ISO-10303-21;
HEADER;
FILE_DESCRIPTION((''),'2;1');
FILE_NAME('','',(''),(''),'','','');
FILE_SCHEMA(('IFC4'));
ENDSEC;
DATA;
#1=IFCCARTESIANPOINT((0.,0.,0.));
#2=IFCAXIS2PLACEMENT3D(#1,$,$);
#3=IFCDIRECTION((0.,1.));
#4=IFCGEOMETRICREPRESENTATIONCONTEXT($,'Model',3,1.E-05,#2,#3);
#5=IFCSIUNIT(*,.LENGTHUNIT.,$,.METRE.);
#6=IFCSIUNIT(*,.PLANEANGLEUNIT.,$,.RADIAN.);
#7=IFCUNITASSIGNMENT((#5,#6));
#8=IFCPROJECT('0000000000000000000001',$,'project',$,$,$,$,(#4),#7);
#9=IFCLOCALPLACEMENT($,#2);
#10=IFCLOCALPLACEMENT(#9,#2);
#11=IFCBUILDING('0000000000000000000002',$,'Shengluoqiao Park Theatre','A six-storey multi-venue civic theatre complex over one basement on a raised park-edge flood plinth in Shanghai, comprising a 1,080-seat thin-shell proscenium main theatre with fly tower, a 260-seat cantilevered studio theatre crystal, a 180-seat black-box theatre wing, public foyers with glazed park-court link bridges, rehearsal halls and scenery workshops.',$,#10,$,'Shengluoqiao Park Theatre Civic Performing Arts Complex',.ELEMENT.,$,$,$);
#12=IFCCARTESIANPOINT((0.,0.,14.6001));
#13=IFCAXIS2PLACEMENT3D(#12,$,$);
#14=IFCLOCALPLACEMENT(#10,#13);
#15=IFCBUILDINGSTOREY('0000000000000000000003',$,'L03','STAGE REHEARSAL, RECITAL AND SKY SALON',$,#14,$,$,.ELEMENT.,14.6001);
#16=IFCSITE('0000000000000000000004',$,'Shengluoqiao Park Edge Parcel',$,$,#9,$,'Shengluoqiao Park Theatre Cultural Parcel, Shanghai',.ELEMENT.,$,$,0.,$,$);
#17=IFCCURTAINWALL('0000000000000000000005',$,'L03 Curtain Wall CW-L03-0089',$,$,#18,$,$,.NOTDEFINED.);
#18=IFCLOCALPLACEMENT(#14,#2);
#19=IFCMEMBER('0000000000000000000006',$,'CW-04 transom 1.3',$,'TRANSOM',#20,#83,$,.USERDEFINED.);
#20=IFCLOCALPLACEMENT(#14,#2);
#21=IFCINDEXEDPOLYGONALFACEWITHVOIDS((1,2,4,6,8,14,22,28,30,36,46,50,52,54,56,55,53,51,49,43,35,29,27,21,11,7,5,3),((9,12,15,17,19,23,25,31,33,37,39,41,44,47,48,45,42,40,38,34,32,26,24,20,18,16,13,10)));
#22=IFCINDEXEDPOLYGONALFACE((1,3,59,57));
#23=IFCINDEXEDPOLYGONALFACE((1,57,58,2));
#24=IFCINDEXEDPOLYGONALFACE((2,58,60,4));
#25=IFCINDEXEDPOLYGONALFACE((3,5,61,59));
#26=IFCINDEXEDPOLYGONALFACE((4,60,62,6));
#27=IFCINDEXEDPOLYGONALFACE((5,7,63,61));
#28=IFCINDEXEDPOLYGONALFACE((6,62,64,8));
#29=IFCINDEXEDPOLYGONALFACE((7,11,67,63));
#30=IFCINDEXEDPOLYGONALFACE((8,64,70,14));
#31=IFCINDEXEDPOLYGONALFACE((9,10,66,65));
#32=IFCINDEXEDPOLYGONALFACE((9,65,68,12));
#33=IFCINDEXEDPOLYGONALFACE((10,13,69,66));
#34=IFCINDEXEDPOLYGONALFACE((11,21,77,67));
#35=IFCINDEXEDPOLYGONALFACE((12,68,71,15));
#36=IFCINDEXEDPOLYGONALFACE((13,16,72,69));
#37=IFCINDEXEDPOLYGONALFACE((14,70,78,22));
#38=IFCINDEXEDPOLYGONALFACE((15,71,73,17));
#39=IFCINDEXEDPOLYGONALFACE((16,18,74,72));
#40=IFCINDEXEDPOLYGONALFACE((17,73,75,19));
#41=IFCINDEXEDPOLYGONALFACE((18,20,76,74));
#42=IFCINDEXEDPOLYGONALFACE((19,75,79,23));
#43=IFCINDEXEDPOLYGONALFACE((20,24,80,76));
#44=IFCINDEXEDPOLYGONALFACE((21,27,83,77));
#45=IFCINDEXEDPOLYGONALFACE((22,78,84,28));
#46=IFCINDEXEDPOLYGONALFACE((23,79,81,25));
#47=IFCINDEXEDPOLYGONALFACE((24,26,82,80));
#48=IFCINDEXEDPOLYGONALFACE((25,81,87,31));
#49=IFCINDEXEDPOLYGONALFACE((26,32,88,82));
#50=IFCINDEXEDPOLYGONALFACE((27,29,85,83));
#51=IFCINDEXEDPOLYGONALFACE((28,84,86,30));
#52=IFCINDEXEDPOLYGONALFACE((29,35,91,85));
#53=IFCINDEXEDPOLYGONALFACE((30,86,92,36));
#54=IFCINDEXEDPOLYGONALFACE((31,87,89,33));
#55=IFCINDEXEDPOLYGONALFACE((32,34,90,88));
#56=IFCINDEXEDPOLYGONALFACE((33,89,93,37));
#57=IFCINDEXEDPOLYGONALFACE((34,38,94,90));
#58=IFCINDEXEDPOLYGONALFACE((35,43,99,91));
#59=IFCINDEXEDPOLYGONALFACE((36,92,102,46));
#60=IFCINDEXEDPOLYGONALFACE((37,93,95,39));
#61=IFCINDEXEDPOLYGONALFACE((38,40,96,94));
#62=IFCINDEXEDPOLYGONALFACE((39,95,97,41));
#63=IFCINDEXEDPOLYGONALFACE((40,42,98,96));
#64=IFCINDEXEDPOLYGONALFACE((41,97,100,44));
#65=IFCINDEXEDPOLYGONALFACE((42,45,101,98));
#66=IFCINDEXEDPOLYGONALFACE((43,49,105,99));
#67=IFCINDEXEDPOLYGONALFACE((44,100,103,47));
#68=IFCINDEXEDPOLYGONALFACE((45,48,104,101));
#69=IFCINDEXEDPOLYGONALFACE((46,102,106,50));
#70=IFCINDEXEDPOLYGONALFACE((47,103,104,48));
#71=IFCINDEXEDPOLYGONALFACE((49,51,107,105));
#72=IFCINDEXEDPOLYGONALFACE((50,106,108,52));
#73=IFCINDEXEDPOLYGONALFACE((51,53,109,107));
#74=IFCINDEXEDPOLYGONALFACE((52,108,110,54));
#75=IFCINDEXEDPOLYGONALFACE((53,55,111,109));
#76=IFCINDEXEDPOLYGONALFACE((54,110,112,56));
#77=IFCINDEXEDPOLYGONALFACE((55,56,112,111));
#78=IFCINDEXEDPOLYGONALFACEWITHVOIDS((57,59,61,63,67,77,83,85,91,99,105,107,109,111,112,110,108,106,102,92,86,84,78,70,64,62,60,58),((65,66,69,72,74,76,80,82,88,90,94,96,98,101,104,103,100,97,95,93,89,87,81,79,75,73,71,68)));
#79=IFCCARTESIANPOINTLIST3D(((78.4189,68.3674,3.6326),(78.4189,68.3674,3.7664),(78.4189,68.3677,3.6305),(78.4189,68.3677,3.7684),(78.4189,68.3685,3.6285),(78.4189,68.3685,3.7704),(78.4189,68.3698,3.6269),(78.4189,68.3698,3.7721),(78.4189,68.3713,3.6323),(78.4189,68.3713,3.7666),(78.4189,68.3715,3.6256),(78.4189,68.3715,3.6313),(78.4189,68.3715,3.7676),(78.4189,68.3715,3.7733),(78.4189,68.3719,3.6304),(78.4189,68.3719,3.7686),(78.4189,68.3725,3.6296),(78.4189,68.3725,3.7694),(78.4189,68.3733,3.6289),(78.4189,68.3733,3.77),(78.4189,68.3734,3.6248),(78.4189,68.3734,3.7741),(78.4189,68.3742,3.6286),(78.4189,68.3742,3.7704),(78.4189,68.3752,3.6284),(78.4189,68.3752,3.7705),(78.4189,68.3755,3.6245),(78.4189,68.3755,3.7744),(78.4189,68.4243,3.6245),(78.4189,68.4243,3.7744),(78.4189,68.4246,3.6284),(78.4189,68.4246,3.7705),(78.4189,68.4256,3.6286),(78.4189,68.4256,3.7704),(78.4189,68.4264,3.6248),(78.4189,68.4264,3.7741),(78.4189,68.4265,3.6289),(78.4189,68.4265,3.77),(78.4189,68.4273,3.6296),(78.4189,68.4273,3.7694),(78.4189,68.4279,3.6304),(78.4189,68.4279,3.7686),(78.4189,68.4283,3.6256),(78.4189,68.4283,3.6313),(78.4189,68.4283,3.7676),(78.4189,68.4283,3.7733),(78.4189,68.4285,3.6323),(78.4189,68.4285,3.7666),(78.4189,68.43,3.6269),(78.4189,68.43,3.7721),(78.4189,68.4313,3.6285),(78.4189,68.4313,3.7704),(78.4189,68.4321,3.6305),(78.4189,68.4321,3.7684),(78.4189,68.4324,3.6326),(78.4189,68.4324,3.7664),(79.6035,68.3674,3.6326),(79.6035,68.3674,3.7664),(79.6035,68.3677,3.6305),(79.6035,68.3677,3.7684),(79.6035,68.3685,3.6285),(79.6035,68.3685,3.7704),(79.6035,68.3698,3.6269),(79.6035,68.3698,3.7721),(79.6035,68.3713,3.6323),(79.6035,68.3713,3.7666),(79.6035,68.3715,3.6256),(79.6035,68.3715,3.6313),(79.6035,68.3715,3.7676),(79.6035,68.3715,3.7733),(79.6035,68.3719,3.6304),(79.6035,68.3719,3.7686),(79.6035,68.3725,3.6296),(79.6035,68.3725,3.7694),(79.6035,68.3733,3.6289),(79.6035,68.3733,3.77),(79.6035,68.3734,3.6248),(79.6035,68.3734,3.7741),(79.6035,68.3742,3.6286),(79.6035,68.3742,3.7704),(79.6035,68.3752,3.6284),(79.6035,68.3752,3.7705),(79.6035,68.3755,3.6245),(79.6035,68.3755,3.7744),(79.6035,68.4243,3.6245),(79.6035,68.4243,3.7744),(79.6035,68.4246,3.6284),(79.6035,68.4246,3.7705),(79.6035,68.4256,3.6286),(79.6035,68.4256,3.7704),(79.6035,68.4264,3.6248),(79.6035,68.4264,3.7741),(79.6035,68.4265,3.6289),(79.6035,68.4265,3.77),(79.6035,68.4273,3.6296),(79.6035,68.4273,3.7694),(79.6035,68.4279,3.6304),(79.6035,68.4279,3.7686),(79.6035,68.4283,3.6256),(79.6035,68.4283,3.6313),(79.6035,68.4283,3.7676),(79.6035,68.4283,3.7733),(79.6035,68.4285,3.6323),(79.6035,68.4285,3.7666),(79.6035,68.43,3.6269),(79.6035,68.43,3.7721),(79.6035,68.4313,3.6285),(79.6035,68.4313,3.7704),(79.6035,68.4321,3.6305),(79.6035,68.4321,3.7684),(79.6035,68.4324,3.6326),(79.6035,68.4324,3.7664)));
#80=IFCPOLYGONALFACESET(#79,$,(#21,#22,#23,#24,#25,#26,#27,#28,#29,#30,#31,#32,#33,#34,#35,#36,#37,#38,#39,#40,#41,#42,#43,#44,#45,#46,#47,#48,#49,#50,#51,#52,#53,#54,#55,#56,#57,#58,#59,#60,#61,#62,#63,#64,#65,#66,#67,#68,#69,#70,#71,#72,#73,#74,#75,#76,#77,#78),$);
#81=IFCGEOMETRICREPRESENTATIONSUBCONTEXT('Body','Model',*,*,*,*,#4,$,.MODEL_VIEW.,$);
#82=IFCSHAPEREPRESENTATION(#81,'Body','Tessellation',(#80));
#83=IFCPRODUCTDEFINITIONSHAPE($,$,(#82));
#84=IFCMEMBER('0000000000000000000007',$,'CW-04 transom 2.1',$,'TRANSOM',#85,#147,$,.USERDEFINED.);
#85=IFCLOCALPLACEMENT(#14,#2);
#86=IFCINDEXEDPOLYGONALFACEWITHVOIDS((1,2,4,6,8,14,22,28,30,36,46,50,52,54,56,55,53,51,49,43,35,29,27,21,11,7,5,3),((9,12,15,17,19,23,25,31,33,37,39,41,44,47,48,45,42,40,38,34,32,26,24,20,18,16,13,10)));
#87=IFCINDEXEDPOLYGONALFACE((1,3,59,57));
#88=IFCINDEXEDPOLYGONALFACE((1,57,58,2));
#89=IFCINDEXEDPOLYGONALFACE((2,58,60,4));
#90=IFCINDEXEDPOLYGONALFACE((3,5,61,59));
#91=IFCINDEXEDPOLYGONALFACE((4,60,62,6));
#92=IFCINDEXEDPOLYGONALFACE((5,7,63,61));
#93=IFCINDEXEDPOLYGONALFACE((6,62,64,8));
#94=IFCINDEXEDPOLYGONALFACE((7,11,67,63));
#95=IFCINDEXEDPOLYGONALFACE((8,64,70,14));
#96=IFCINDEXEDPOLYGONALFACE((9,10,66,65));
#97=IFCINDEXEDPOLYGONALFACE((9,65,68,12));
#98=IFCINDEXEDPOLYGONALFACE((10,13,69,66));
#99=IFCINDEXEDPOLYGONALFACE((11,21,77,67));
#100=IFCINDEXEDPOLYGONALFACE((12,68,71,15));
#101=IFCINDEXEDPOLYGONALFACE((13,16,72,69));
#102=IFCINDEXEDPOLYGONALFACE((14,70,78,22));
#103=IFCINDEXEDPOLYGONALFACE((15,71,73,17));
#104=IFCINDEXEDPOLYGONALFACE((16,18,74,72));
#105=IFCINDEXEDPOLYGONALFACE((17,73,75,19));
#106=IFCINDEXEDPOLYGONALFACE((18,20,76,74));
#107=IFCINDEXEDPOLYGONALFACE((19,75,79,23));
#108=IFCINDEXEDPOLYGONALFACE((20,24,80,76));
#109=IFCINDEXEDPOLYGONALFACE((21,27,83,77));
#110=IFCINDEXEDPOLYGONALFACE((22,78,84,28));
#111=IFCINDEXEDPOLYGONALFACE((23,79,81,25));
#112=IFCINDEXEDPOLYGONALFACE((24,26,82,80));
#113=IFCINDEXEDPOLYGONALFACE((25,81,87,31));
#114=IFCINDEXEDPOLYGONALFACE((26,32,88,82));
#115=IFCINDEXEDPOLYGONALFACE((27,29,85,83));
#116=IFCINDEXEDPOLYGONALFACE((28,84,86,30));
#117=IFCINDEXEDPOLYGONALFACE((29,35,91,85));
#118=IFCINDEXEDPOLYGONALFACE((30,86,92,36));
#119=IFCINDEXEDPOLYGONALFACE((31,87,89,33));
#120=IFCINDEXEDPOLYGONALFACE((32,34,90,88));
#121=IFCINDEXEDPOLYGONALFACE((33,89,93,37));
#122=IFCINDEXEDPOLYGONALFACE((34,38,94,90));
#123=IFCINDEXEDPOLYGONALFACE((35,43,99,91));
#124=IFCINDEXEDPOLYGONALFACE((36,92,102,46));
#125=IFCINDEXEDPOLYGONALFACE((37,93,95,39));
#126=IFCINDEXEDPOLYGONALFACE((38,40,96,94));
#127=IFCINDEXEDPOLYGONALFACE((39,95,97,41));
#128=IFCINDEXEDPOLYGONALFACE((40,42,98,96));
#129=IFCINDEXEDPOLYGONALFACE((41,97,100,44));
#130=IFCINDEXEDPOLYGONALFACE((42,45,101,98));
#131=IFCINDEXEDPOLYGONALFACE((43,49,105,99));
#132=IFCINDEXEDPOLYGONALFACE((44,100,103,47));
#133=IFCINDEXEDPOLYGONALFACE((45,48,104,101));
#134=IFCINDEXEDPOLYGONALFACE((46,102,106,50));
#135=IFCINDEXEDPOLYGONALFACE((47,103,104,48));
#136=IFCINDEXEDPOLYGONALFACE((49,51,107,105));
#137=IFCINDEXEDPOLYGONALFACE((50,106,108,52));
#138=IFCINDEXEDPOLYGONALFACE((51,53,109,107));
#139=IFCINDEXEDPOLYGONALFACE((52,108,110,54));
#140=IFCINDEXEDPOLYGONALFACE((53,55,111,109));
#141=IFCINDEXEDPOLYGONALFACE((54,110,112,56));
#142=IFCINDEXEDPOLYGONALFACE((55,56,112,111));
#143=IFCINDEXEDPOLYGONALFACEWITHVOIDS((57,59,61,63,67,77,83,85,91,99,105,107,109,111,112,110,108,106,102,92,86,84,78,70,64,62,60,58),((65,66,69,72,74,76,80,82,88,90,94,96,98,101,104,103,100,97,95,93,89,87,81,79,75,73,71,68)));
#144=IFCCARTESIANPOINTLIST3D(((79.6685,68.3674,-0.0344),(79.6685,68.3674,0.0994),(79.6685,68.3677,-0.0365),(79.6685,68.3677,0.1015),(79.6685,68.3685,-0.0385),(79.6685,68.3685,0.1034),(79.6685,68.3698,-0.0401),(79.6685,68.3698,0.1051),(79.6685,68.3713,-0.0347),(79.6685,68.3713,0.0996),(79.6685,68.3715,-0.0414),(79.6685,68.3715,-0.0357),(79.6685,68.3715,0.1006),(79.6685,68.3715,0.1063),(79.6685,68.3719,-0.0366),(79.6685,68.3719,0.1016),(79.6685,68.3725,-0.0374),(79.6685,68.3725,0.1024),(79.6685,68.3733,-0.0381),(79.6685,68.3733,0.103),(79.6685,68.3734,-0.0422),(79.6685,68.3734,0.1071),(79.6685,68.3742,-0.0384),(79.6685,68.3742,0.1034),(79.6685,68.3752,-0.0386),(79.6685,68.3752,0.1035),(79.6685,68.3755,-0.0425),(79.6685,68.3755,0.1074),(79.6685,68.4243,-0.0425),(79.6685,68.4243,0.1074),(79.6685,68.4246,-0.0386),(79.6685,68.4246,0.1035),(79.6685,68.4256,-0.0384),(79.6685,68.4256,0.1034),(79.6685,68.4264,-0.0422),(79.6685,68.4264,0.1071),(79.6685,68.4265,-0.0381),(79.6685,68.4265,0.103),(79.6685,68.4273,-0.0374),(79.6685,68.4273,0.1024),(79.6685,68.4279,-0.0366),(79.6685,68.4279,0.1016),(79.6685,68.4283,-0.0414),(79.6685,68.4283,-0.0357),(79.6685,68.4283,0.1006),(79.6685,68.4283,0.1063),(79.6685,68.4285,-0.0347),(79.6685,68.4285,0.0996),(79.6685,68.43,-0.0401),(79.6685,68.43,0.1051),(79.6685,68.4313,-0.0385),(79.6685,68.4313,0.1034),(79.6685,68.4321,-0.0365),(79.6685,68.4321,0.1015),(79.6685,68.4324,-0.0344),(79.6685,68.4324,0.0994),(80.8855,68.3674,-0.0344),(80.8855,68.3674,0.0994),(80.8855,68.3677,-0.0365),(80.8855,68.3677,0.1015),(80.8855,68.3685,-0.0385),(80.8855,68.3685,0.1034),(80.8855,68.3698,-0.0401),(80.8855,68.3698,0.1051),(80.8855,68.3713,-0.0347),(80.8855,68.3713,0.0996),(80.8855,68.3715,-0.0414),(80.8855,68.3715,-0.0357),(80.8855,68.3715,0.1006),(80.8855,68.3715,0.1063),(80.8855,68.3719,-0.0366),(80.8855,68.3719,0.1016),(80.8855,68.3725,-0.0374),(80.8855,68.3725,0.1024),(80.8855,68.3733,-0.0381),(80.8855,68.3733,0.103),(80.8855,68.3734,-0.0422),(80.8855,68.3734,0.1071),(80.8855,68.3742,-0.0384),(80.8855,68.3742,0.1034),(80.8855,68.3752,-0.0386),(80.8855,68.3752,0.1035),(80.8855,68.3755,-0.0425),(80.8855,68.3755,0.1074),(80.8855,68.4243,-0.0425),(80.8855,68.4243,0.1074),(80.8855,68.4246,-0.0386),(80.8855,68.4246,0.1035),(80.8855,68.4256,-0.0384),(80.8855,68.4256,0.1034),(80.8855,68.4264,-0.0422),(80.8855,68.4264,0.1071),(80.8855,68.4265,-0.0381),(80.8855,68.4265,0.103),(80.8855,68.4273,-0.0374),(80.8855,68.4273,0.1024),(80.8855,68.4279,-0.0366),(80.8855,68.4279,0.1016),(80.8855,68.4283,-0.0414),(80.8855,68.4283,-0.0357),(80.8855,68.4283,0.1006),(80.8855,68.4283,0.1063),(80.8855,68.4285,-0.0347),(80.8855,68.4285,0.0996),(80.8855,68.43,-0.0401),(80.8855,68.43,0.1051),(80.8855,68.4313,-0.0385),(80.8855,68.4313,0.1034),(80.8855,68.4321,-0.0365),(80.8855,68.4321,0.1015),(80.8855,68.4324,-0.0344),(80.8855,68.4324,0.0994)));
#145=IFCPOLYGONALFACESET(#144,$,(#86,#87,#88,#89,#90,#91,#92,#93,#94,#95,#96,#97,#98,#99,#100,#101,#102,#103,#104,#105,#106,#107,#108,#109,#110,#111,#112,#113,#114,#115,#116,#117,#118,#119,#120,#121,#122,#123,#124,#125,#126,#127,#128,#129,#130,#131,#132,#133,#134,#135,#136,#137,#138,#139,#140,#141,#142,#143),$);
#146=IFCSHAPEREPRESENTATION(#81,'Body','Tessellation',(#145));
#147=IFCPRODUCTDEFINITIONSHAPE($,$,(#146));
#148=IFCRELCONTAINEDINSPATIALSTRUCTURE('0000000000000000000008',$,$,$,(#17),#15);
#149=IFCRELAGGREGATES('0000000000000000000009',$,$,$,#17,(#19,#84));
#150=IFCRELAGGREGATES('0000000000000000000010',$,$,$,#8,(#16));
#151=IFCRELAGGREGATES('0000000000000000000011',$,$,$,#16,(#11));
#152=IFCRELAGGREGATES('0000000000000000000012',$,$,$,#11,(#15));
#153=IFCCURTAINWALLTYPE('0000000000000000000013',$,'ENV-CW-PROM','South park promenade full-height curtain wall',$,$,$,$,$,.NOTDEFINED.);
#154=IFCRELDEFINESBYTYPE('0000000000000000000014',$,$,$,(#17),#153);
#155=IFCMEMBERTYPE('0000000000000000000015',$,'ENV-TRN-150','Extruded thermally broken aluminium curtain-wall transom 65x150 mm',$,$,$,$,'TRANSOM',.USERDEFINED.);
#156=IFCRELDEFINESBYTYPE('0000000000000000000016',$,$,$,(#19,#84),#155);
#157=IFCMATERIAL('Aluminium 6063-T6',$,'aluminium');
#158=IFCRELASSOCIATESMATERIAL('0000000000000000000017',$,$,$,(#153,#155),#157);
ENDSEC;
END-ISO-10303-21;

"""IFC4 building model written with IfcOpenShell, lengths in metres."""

from ifc_helpers import new_model, si_unit, direction, frame, origin, origin_2d, place, context, subcontext, project, spatial, hollow_rectangle, extrude, material, material_profile, profile_set, type_object, element, aggregate, save


model = new_model("IFC4")

# Units and contexts
model_context = context("Model", 3, precision=1e-05, world=origin(), true_north=direction((0.0, 1.0)))
body_context = subcontext(model_context, "Body", "Model", "MODEL_VIEW")
ifc_project = project(units=[si_unit("LENGTHUNIT", "METRE"), si_unit("PLANEANGLEUNIT", "RADIAN")], contexts=[model_context])

# Site, building, storey
site_placement = place(None, origin())
site = spatial("IfcSite", under=ifc_project, at=site_placement, Name="Shengluoqiao Park Edge Parcel", LongName="Shengluoqiao Park Theatre Cultural Parcel, Shanghai", CompositionType="ELEMENT", RefElevation=0.0)
building_placement = place(site_placement, origin())
building = spatial("IfcBuilding", under=site, at=building_placement, Name="Shengluoqiao Park Theatre", Description="A six-storey multi-venue civic theatre complex over one basement on a raised park-edge flood plinth in Shanghai, comprising a 1,080-seat thin-shell proscenium main theatre with fly tower, a 260-seat cantilevered studio theatre crystal, a 180-seat black-box theatre wing, public foyers with glazed park-court link bridges, rehearsal halls and scenery workshops.", LongName="Shengluoqiao Park Theatre Civic Performing Arts Complex", CompositionType="ELEMENT")
storey_placement = place(building_placement, frame((0.0, 0.0, 14.6001)))
storey = spatial("IfcBuildingStorey", under=building, at=storey_placement, Name="L03", Description="STAGE REHEARSAL, RECITAL AND SKY SALON", CompositionType="ELEMENT", Elevation=14.6001)

# Curtain wall
ifc_material_1 = material(Name="Aluminium 6063-T6", Category="aluminium")
curtain_wall_type = type_object("IfcCurtainWallType", Name="ENV-CW-PROM", Description="South park promenade full-height curtain wall", PredefinedType="NOTDEFINED", material=ifc_material_1)
curtain_wall_1_placement = place(storey_placement, origin())
curtain_wall_1 = element("IfcCurtainWall", 1, at=curtain_wall_1_placement, inside=storey, type_object=curtain_wall_type, Name="L03 Curtain Wall CW-L03-0089", PredefinedType="NOTDEFINED")

# Members
ifc_material_profile_1 = material_profile(ifc_material_1, hollow_rectangle(XDim=0.0649, YDim=0.1499, WallThickness=0.0039, InnerFilletRadius=0.0039, OuterFilletRadius=0.0081, at=origin_2d()), Name="ALU TRANSOM 150x65x4")
ifc_profile_set_1 = profile_set([ifc_material_profile_1], Name="Aluminium 6063-T6")
member_type_1 = type_object("IfcMemberType", Name="ENV-TRN-150", Description="Extruded thermally broken aluminium curtain-wall transom 65x150 mm", ElementType="TRANSOM", PredefinedType="USERDEFINED", material=ifc_profile_set_1)
member_1_placement = place(storey_placement, frame((78.4189, 68.3999, 3.6995), z_axis=(1.0, 0.0, 0.0), x_axis=(0.0, 1.0, 0.0)))
member_1 = element("IfcMember", 2, at=member_1_placement, type_object=member_type_1, Name="CW-04 transom 1.3", ObjectType="TRANSOM", PredefinedType="USERDEFINED", context=body_context, shape_type="SweptSolid", body=[
    extrude(hollow_rectangle(XDim=0.0649, YDim=0.1499, WallThickness=0.0039, InnerFilletRadius=0.0039, OuterFilletRadius=0.0081, at=origin_2d()), origin(), (0.0, 0.0, 1.0), 1.1846),
])
member_2_placement = place(storey_placement, frame((79.6685, 68.3999, 0.0325), z_axis=(1.0, 0.0, 0.0), x_axis=(0.0, 1.0, 0.0)))
member_2 = element("IfcMember", 3, at=member_2_placement, type_object=member_type_1, Name="CW-04 transom 2.1", ObjectType="TRANSOM", PredefinedType="USERDEFINED", context=body_context, shape_type="SweptSolid", body=[
    extrude(hollow_rectangle(XDim=0.0649, YDim=0.1499, WallThickness=0.0039, InnerFilletRadius=0.0039, OuterFilletRadius=0.0081, at=origin_2d()), origin(), (0.0, 0.0, 1.0), 1.217),
])

aggregate(curtain_wall_1, [member_1, member_2])

save(model, "model.ifc")
